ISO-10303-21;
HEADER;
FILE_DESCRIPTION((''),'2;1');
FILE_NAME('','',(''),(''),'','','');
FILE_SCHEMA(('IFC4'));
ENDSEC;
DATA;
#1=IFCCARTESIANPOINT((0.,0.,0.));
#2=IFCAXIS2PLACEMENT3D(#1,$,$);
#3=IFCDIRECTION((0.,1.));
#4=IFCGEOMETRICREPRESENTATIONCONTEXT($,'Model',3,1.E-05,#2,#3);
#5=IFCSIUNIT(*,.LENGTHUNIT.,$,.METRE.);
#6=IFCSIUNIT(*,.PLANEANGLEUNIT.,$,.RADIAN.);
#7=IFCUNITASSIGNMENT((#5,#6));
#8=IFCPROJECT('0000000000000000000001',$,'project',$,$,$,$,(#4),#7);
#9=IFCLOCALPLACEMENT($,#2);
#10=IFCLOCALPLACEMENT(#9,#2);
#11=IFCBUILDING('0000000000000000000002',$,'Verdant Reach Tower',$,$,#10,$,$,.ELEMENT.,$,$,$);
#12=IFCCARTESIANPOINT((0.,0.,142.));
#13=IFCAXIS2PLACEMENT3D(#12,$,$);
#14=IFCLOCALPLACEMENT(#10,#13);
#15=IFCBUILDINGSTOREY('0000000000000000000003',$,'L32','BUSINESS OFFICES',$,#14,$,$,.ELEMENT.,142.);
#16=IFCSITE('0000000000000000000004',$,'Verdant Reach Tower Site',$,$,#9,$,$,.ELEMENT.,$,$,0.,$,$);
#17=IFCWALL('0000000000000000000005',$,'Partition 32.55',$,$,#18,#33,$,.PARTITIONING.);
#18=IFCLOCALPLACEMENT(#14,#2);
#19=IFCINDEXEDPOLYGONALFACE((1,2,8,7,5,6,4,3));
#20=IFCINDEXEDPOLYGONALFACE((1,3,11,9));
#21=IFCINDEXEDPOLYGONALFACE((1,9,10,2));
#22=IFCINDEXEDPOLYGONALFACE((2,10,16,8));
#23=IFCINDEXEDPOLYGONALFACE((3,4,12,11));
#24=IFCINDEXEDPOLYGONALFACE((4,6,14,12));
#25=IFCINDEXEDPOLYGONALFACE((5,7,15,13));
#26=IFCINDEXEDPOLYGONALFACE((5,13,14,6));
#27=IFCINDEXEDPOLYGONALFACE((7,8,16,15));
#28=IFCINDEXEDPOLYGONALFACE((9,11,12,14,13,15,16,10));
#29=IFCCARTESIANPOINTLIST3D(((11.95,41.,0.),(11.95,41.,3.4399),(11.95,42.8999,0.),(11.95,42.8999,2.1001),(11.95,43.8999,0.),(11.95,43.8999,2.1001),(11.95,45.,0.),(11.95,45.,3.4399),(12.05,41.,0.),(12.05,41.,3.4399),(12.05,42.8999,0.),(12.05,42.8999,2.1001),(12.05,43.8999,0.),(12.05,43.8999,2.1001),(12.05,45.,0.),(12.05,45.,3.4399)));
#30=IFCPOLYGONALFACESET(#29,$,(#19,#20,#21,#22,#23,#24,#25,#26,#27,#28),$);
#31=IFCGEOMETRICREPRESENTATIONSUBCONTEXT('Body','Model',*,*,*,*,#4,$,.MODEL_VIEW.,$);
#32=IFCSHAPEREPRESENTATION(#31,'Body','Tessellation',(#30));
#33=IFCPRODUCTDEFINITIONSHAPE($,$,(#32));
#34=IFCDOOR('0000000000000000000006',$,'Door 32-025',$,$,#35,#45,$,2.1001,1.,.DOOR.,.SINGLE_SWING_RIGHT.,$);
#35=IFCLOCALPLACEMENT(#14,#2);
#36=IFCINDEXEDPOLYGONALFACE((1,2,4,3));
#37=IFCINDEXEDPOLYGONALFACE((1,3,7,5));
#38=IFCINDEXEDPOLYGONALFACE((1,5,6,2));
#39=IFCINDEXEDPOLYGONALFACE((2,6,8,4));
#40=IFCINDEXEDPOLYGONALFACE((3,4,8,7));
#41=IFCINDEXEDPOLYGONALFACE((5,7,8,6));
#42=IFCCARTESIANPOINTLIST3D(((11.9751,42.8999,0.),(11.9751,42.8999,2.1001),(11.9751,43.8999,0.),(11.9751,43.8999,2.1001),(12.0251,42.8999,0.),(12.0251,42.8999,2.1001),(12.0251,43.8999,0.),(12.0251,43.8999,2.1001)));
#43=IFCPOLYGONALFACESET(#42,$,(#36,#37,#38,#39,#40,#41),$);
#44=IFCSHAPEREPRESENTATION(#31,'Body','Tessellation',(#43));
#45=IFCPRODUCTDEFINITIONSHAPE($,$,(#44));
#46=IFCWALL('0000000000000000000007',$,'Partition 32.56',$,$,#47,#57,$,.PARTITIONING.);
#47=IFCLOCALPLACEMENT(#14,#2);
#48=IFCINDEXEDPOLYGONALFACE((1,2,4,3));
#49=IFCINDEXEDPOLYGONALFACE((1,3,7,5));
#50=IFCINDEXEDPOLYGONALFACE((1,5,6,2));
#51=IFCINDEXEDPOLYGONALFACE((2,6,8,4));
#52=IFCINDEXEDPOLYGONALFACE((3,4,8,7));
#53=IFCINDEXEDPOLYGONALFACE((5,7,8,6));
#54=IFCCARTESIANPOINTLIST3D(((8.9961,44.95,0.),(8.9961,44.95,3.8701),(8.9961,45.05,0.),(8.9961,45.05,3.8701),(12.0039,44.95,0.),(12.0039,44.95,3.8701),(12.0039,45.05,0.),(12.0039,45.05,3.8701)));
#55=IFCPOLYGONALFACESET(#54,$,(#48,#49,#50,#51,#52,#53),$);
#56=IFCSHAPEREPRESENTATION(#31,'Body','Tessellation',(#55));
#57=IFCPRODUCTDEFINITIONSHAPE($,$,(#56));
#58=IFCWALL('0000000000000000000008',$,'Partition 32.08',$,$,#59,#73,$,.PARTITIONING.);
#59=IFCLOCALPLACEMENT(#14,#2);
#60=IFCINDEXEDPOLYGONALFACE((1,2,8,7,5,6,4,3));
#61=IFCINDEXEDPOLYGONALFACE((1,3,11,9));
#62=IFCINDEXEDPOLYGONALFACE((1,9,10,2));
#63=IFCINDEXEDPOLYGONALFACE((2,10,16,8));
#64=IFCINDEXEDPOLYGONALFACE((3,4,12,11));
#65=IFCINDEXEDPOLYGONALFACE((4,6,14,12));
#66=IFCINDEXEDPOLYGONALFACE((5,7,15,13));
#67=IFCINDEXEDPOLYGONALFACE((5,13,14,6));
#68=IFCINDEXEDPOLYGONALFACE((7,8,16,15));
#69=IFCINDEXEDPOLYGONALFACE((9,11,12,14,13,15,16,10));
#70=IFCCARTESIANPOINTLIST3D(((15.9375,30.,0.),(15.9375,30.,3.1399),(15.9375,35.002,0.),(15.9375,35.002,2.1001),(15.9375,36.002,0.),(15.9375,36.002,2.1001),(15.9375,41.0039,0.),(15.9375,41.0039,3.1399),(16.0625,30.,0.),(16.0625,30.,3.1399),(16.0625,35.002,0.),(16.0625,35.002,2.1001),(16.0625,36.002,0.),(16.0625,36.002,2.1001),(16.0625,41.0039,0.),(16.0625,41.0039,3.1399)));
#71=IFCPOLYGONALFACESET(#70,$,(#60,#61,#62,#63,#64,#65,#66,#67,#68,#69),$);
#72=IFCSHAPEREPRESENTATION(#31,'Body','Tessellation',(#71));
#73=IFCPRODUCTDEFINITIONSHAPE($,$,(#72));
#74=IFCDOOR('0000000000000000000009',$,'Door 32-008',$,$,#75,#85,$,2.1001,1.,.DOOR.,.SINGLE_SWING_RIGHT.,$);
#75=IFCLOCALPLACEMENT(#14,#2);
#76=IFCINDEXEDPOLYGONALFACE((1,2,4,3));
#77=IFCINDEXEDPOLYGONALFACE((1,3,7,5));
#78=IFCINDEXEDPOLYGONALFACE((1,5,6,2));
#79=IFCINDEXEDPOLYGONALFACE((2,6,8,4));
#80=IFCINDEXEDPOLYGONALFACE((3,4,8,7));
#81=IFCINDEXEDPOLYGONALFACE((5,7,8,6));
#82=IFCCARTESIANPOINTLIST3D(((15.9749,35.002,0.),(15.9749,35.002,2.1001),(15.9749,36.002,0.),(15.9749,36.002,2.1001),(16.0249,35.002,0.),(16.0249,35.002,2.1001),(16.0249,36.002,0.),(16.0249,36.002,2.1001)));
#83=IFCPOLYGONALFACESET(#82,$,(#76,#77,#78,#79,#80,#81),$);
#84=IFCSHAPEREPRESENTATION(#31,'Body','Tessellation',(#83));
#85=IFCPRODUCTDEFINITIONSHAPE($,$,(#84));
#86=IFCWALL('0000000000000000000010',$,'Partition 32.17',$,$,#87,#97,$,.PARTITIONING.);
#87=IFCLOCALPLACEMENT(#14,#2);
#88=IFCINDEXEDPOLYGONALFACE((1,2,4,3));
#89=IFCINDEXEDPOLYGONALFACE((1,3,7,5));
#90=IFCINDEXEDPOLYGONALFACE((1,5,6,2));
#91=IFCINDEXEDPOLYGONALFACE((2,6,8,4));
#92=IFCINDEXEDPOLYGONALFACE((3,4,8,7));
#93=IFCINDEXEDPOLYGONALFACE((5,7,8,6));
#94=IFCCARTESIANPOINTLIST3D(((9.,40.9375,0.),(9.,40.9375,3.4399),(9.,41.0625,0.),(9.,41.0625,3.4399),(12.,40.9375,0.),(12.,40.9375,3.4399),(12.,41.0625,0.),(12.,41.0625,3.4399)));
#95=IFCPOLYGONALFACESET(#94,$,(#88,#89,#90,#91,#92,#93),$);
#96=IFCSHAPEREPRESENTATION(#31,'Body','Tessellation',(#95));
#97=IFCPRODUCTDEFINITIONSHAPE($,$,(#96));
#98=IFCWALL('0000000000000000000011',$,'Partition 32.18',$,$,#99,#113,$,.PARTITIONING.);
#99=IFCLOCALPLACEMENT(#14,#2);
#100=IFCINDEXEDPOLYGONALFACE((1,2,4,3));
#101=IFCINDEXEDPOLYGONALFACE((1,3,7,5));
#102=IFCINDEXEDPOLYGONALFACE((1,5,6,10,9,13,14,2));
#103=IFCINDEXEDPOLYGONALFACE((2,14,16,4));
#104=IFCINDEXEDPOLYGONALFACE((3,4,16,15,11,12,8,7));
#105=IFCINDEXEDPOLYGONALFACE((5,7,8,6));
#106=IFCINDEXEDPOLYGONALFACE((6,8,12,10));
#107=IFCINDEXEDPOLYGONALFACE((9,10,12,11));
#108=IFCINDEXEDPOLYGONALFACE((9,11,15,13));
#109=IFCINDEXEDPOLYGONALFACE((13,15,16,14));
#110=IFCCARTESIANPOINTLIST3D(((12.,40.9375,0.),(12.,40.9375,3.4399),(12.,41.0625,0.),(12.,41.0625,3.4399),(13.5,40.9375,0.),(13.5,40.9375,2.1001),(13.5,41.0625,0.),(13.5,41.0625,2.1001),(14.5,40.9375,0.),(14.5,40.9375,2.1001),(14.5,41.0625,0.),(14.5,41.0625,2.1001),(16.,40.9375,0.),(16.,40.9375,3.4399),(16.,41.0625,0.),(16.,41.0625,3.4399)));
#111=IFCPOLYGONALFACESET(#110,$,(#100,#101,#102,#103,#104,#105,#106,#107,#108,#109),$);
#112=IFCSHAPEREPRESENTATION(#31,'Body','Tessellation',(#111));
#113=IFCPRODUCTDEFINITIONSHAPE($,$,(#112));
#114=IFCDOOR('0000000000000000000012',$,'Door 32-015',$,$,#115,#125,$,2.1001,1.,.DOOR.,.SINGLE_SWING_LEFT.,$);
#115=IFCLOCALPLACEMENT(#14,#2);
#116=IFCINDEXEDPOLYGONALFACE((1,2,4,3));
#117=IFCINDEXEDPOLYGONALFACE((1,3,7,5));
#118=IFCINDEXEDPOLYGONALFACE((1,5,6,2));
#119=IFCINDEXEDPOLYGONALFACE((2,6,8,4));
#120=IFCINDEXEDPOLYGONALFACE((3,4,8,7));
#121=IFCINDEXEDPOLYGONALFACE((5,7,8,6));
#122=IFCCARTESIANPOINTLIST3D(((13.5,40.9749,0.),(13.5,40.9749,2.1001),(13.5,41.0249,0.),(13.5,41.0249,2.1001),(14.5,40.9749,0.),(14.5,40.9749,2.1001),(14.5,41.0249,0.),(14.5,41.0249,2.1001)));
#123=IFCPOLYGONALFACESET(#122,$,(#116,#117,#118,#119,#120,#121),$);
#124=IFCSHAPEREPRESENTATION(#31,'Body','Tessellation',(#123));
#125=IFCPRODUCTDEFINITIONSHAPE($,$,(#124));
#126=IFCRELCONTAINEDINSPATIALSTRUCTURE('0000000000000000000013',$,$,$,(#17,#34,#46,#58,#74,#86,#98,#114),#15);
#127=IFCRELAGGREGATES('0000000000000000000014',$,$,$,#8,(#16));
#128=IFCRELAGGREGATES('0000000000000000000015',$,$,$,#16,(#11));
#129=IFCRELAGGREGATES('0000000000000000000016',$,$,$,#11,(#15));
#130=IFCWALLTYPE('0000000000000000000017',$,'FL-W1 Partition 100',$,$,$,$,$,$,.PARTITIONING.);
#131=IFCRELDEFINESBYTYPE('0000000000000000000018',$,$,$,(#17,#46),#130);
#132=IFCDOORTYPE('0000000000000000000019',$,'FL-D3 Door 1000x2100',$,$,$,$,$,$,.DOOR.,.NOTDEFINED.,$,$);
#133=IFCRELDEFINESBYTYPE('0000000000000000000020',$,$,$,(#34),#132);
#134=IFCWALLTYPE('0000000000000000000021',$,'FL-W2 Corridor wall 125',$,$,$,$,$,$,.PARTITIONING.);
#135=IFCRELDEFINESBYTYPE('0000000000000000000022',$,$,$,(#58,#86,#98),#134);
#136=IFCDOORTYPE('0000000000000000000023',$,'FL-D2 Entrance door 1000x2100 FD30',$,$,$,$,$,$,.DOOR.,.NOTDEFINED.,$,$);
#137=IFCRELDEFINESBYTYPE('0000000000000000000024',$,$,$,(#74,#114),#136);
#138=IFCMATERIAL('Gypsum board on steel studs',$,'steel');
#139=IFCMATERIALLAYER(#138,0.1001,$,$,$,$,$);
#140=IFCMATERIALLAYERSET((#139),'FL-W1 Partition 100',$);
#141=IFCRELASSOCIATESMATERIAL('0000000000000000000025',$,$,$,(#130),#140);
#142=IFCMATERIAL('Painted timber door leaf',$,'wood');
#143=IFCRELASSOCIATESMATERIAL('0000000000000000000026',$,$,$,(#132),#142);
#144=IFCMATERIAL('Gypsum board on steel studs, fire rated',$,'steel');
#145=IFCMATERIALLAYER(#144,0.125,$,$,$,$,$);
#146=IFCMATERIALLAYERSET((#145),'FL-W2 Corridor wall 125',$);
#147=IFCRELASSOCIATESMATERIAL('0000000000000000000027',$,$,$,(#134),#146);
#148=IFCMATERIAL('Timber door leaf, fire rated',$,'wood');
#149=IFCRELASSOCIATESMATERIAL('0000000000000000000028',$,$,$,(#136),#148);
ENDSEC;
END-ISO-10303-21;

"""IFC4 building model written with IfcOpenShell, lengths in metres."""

from ifc_helpers import new_model, si_unit, direction, frame, frame_2d, origin, place, context, subcontext, project, spatial, rectangle, extrude, material, layer, layer_set, type_object, element, fill, save


model = new_model("IFC4")

# Units and contexts
model_context = context("Model", 3, precision=1e-05, world=origin(), true_north=direction((0.0, 1.0)))
body_context = subcontext(model_context, "Body", "Model", "MODEL_VIEW")
ifc_project = project(units=[si_unit("LENGTHUNIT", "METRE"), si_unit("PLANEANGLEUNIT", "RADIAN")], contexts=[model_context])

# Site, building, storey
site_placement = place(None, origin())
site = spatial("IfcSite", under=ifc_project, at=site_placement, Name="Verdant Reach Tower Site", CompositionType="ELEMENT", RefElevation=0.0)
building_placement = place(site_placement, origin())
building = spatial("IfcBuilding", under=site, at=building_placement, Name="Verdant Reach Tower", CompositionType="ELEMENT")
storey_placement = place(building_placement, frame((0.0, 0.0, 142.0)))
storey = spatial("IfcBuildingStorey", under=building, at=storey_placement, Name="L32", Description="BUSINESS OFFICES", CompositionType="ELEMENT", Elevation=142.0)

# Shared definitions
ifc_material_1 = material(Name="Gypsum board on steel studs", Category="steel")
ifc_layer_1 = layer(ifc_material_1, 0.1001)
ifc_layer_set_1 = layer_set([ifc_layer_1], Name="FL-W1 Partition 100")
wall_type_1 = type_object("IfcWallType", Name="FL-W1 Partition 100", PredefinedType="PARTITIONING", material=ifc_layer_set_1)

# Wall, opening, door
wall_1_placement = place(storey_placement, frame((12.0, 41.0, 0.0), z_axis=(0.0, 0.0, 1.0), x_axis=(0.0, 1.0, 0.0)))
wall_1 = element("IfcWall", 1, at=wall_1_placement, inside=storey, type_object=wall_type_1, Name="Partition 32.55", PredefinedType="PARTITIONING", context=body_context, shape_type="SweptSolid", body=[
    extrude(rectangle(XDim=4.0, YDim=0.1001, at=frame_2d((2.0, 0.0))), origin(), (0.0, 0.0, 1.0), 3.4399),
])
opening_1_placement = place(wall_1_placement, frame((1.8999, 0.0, 0.0)))
opening_1 = element("IfcOpeningElement", 2, at=opening_1_placement, cuts=wall_1, PredefinedType="OPENING", context=body_context, shape_type="SweptSolid", body=[
    extrude(rectangle(XDim=1.0, YDim=2.1001, at=frame_2d((0.5, 1.05))), frame((0.0, 0.0601, 0.0), z_axis=(0.0, -1.0, 0.0), x_axis=(1.0, 0.0, 0.0)), (0.0, 0.0, 1.0), 0.1201),
])
ifc_material_2 = material(Name="Painted timber door leaf", Category="wood")
door_type_1 = type_object("IfcDoorType", Name="FL-D3 Door 1000x2100", OperationType="NOTDEFINED", PredefinedType="DOOR", material=ifc_material_2)
door_1_placement = place(opening_1_placement, origin())
door_1 = element("IfcDoor", 3, at=door_1_placement, inside=storey, type_object=door_type_1, Name="Door 32-025", OperationType="SINGLE_SWING_RIGHT", OverallHeight=2.1001, OverallWidth=1.0, PredefinedType="DOOR", context=body_context, shape_type="SweptSolid", body=[
    extrude(rectangle(XDim=1.0, YDim=2.1001, at=frame_2d((0.5, 1.05))), frame((0.0, 0.0249, 0.0), z_axis=(0.0, -1.0, 0.0), x_axis=(1.0, 0.0, 0.0)), (0.0, 0.0, 1.0), 0.05),
])
fill(opening_1, door_1)

# Wall
wall_2_placement = place(storey_placement, frame((12.0039, 45.0, 0.0), z_axis=(0.0, 0.0, 1.0), x_axis=(-1.0, 0.0, 0.0)))
element("IfcWall", 4, at=wall_2_placement, inside=storey, type_object=wall_type_1, Name="Partition 32.56", PredefinedType="PARTITIONING", context=body_context, shape_type="SweptSolid", body=[
    extrude(rectangle(XDim=3.0078, YDim=0.1001, at=frame_2d((1.5039, 0.0))), origin(), (0.0, 0.0, 1.0), 3.8701),
])

# Wall, opening, door
ifc_material_3 = material(Name="Gypsum board on steel studs, fire rated", Category="steel")
ifc_layer_2 = layer(ifc_material_3, 0.125)
ifc_layer_set_2 = layer_set([ifc_layer_2], Name="FL-W2 Corridor wall 125")
wall_type_2 = type_object("IfcWallType", Name="FL-W2 Corridor wall 125", PredefinedType="PARTITIONING", material=ifc_layer_set_2)
wall_3_placement = place(storey_placement, frame((16.0, 41.0039, 0.0), z_axis=(0.0, 0.0, 1.0), x_axis=(0.0, -1.0, 0.0)))
wall_3 = element("IfcWall", 5, at=wall_3_placement, inside=storey, type_object=wall_type_2, Name="Partition 32.08", PredefinedType="PARTITIONING", context=body_context, shape_type="SweptSolid", body=[
    extrude(rectangle(XDim=11.0039, YDim=0.125, at=frame_2d((5.502, 0.0))), origin(), (0.0, 0.0, 1.0), 3.1399),
])
opening_2_placement = place(wall_3_placement, frame((5.002, 0.0, 0.0)))
opening_2 = element("IfcOpeningElement", 6, at=opening_2_placement, cuts=wall_3, PredefinedType="OPENING", context=body_context, shape_type="SweptSolid", body=[
    extrude(rectangle(XDim=1.0, YDim=2.1001, at=frame_2d((0.5, 1.05))), frame((0.0, 0.0725, 0.0), z_axis=(0.0, -1.0, 0.0), x_axis=(1.0, 0.0, 0.0)), (0.0, 0.0, 1.0), 0.145),
])
ifc_material_4 = material(Name="Timber door leaf, fire rated", Category="wood")
door_type_2 = type_object("IfcDoorType", Name="FL-D2 Entrance door 1000x2100 FD30", OperationType="NOTDEFINED", PredefinedType="DOOR", material=ifc_material_4)
door_2_placement = place(opening_2_placement, origin())
door_2 = element("IfcDoor", 7, at=door_2_placement, inside=storey, type_object=door_type_2, Name="Door 32-008", OperationType="SINGLE_SWING_RIGHT", OverallHeight=2.1001, OverallWidth=1.0, PredefinedType="DOOR", context=body_context, shape_type="SweptSolid", body=[
    extrude(rectangle(XDim=1.0, YDim=2.1001, at=frame_2d((0.5, 1.05))), frame((0.0, 0.0249, 0.0), z_axis=(0.0, -1.0, 0.0), x_axis=(1.0, 0.0, 0.0)), (0.0, 0.0, 1.0), 0.05),
])
fill(opening_2, door_2)

# Wall
wall_4_placement = place(storey_placement, frame((12.0, 41.0, 0.0), z_axis=(0.0, 0.0, 1.0), x_axis=(-1.0, 0.0, 0.0)))
element("IfcWall", 8, at=wall_4_placement, inside=storey, type_object=wall_type_2, Name="Partition 32.17", PredefinedType="PARTITIONING", context=body_context, shape_type="SweptSolid", body=[
    extrude(rectangle(XDim=3.0, YDim=0.125, at=frame_2d((1.5, 0.0))), origin(), (0.0, 0.0, 1.0), 3.4399),
])

# Wall, opening, door
wall_5_placement = place(storey_placement, frame((12.0, 41.0, 0.0), z_axis=(0.0, 0.0, 1.0), x_axis=(1.0, 0.0, 0.0)))
wall_5 = element("IfcWall", 9, at=wall_5_placement, inside=storey, type_object=wall_type_2, Name="Partition 32.18", PredefinedType="PARTITIONING", context=body_context, shape_type="SweptSolid", body=[
    extrude(rectangle(XDim=4.0, YDim=0.125, at=frame_2d((2.0, 0.0))), origin(), (0.0, 0.0, 1.0), 3.4399),
])
opening_3_placement = place(wall_5_placement, frame((1.5, 0.0, 0.0)))
opening_3 = element("IfcOpeningElement", 10, at=opening_3_placement, cuts=wall_5, PredefinedType="OPENING", context=body_context, shape_type="SweptSolid", body=[
    extrude(rectangle(XDim=1.0, YDim=2.1001, at=frame_2d((0.5, 1.05))), frame((0.0, 0.0725, 0.0), z_axis=(0.0, -1.0, 0.0), x_axis=(1.0, 0.0, 0.0)), (0.0, 0.0, 1.0), 0.145),
])
door_3_placement = place(opening_3_placement, origin())
door_3 = element("IfcDoor", 11, at=door_3_placement, inside=storey, type_object=door_type_2, Name="Door 32-015", OperationType="SINGLE_SWING_LEFT", OverallHeight=2.1001, OverallWidth=1.0, PredefinedType="DOOR", context=body_context, shape_type="SweptSolid", body=[
    extrude(rectangle(XDim=1.0, YDim=2.1001, at=frame_2d((0.5, 1.05))), frame((0.0, 0.0249, 0.0), z_axis=(0.0, -1.0, 0.0), x_axis=(1.0, 0.0, 0.0)), (0.0, 0.0, 1.0), 0.05),
])
fill(opening_3, door_3)

save(model, "model.ifc")
